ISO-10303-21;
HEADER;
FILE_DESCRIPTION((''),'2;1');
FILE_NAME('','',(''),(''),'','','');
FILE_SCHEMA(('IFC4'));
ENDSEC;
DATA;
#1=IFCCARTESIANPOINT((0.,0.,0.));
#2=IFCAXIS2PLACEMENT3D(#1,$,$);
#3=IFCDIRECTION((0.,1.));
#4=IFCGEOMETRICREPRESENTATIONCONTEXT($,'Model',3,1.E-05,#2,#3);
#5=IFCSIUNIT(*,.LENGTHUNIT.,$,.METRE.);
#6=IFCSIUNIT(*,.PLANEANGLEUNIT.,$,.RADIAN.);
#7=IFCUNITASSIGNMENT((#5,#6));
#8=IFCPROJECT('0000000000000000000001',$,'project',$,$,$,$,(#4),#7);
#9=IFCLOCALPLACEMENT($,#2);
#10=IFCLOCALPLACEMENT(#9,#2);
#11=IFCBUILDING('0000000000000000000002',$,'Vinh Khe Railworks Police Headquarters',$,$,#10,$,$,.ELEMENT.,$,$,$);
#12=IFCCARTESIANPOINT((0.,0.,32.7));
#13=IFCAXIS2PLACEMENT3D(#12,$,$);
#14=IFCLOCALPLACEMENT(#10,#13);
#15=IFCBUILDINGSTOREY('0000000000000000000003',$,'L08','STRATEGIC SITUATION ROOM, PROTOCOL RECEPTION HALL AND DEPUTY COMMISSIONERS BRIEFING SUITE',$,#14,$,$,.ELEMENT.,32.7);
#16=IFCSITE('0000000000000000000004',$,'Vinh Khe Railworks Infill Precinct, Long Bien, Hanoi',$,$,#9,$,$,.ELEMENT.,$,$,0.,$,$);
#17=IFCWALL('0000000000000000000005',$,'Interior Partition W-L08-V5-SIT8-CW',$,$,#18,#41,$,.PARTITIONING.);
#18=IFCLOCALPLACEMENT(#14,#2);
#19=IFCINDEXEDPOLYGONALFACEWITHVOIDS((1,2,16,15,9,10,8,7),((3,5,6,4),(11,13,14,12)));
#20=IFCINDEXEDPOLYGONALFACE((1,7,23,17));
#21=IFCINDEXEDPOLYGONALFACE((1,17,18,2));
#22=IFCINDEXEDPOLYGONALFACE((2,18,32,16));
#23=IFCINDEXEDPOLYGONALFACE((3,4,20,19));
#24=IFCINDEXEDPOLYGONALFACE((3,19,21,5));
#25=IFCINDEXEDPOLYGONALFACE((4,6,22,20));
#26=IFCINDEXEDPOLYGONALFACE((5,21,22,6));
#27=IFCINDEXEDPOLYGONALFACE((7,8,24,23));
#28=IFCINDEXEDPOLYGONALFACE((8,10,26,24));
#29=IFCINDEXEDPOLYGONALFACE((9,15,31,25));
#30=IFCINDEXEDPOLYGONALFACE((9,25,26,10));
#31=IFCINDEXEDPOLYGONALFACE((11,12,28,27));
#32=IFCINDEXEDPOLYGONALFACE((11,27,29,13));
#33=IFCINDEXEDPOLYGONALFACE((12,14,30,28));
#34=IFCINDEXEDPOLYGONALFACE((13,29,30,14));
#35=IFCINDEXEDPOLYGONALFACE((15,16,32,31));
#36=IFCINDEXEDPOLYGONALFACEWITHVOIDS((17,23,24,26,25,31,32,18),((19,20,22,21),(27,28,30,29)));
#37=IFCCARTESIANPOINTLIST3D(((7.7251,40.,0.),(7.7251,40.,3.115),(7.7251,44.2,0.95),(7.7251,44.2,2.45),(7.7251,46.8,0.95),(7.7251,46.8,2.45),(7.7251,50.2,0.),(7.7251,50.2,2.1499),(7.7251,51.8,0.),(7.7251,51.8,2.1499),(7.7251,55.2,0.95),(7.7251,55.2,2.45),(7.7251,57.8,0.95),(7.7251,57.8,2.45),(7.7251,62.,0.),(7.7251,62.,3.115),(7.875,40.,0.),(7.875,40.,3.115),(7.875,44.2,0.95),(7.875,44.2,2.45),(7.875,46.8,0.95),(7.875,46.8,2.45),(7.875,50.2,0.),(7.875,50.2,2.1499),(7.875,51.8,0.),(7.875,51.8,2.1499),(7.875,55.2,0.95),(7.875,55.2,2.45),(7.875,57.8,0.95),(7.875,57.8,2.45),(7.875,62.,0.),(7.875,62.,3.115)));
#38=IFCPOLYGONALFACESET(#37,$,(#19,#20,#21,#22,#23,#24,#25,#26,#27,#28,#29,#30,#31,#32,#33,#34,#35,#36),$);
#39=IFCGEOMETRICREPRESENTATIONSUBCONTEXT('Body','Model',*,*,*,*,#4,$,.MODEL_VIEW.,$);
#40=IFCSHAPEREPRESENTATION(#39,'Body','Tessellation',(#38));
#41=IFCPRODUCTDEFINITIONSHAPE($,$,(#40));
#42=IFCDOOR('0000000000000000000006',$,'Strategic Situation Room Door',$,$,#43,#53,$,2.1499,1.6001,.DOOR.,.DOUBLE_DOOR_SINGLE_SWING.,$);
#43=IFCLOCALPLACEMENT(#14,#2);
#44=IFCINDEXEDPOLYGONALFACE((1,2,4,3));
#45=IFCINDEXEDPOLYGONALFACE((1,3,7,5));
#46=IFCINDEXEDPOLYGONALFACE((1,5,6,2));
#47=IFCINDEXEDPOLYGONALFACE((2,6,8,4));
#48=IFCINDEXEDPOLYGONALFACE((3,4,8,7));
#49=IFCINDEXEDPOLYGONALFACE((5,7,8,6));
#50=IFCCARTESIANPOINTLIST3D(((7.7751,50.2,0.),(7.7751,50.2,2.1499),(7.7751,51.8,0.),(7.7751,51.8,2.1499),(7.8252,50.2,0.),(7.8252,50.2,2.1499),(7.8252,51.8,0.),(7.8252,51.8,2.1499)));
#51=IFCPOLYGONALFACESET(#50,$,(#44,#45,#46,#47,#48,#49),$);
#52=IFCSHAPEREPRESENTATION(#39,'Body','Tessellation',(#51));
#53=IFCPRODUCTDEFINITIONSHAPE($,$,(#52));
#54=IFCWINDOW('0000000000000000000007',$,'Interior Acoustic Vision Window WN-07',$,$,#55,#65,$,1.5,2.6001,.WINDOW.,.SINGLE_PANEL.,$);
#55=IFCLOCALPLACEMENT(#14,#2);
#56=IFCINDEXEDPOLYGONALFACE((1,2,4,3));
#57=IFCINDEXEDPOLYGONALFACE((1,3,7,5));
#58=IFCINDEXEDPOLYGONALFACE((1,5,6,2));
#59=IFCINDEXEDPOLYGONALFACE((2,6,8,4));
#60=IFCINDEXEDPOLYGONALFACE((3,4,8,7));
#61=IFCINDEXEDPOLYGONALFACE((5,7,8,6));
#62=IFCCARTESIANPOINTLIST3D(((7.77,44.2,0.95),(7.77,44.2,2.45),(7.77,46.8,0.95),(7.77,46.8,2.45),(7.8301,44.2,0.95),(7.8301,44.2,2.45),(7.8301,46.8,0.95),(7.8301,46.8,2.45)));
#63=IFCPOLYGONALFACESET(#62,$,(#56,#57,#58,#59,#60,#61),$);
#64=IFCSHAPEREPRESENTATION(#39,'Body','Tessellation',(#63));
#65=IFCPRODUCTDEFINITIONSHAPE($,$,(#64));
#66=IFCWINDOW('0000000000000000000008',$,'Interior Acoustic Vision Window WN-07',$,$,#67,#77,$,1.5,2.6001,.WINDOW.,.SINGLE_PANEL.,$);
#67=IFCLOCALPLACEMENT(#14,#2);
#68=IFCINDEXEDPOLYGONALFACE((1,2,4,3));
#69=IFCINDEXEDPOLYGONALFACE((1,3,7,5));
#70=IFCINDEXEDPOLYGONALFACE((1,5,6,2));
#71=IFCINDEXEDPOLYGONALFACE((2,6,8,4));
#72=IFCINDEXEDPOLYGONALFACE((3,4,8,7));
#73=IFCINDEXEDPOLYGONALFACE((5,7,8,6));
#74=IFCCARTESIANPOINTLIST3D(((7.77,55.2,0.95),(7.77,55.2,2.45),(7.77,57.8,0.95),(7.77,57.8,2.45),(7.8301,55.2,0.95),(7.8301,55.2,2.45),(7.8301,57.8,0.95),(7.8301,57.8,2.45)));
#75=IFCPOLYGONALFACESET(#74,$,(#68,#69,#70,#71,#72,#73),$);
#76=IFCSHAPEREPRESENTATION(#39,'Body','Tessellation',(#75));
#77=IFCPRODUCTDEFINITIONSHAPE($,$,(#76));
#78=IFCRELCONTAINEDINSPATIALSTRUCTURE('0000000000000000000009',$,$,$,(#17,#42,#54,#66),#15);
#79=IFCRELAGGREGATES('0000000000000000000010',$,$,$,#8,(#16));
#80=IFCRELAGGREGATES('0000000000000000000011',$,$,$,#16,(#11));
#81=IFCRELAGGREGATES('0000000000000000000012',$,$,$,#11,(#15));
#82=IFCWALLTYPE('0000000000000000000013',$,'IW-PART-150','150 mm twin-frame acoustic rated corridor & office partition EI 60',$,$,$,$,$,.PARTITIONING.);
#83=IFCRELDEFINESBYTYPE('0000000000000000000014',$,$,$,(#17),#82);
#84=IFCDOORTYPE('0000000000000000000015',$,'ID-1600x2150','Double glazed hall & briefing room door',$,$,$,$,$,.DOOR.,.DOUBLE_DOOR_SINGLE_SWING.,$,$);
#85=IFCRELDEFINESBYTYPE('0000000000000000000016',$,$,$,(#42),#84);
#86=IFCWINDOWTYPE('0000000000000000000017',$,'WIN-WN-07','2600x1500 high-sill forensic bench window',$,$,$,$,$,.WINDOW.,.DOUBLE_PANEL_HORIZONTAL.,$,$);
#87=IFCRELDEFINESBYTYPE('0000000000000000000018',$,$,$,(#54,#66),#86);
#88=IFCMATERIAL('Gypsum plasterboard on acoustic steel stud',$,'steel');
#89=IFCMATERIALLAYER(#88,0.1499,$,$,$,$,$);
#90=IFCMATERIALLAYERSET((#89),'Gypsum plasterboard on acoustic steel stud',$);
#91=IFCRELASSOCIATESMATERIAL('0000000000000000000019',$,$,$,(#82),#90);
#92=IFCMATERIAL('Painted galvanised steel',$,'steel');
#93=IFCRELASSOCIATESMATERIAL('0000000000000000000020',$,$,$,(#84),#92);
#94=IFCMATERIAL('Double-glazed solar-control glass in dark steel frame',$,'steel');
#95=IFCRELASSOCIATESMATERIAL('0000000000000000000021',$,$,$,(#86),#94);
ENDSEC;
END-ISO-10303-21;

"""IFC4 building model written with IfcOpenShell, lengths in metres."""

from ifc_helpers import new_model, si_unit, direction, frame, frame_2d, origin, place, context, subcontext, project, spatial, rectangle, extrude, material, layer, layer_set, type_object, element, fill, save


model = new_model("IFC4")

# Units and contexts
model_context = context("Model", 3, precision=1e-05, world=origin(), true_north=direction((0.0, 1.0)))
body_context = subcontext(model_context, "Body", "Model", "MODEL_VIEW")
ifc_project = project(units=[si_unit("LENGTHUNIT", "METRE"), si_unit("PLANEANGLEUNIT", "RADIAN")], contexts=[model_context])

# Site, building, storey
site_placement = place(None, origin())
site = spatial("IfcSite", under=ifc_project, at=site_placement, Name="Vinh Khe Railworks Infill Precinct, Long Bien, Hanoi", CompositionType="ELEMENT", RefElevation=0.0)
building_placement = place(site_placement, origin())
building = spatial("IfcBuilding", under=site, at=building_placement, Name="Vinh Khe Railworks Police Headquarters", CompositionType="ELEMENT")
storey_placement = place(building_placement, frame((0.0, 0.0, 32.7)))
storey = spatial("IfcBuildingStorey", under=building, at=storey_placement, Name="L08", Description="STRATEGIC SITUATION ROOM, PROTOCOL RECEPTION HALL AND DEPUTY COMMISSIONERS BRIEFING SUITE", CompositionType="ELEMENT", Elevation=32.7)

# Shared definitions
ifc_material_1 = material(Name="Painted galvanised steel", Category="steel")

# Shared definitions
ifc_material_2 = material(Name="Double-glazed solar-control glass in dark steel frame", Category="steel")

# Wall, openings, door, windows
ifc_material_3 = material(Name="Gypsum plasterboard on acoustic steel stud", Category="steel")
ifc_layer_1 = layer(ifc_material_3, 0.1499)
ifc_layer_set_1 = layer_set([ifc_layer_1], Name="Gypsum plasterboard on acoustic steel stud")
wall_type_1 = type_object("IfcWallType", Name="IW-PART-150", Description="150 mm twin-frame acoustic rated corridor & office partition EI 60", PredefinedType="PARTITIONING", material=ifc_layer_set_1)
wall_1_placement = place(storey_placement, frame((7.8, 40.0, 0.0), z_axis=(0.0, 0.0, 1.0), x_axis=(0.0, 1.0, 0.0)))
wall_1 = element("IfcWall", 1, at=wall_1_placement, inside=storey, type_object=wall_type_1, Name="Interior Partition W-L08-V5-SIT8-CW", PredefinedType="PARTITIONING", context=body_context, shape_type="SweptSolid", body=[
    extrude(rectangle(XDim=22.0, YDim=0.1499, at=frame_2d((11.0, 0.0))), origin(), (0.0, 0.0, 1.0), 3.115),
])
opening_1_placement = place(wall_1_placement, frame((10.2, 0.0, 0.0)))
opening_1 = element("IfcOpeningElement", 2, at=opening_1_placement, cuts=wall_1, PredefinedType="OPENING", context=body_context, shape_type="SweptSolid", body=[
    extrude(rectangle(XDim=1.6001, YDim=2.1499, at=frame_2d((0.8, 1.075))), frame((0.0, 0.0898, 0.0), z_axis=(0.0, -1.0, 0.0), x_axis=(1.0, 0.0, 0.0)), (0.0, 0.0, 1.0), 0.1797),
])
opening_2_placement = place(wall_1_placement, frame((4.2, 0.0, 0.95)))
opening_2 = element("IfcOpeningElement", 3, at=opening_2_placement, cuts=wall_1, PredefinedType="OPENING", context=body_context, shape_type="SweptSolid", body=[
    extrude(rectangle(XDim=2.6001, YDim=1.5, at=frame_2d((1.3, 0.75))), frame((0.0, 0.0898, 0.0), z_axis=(0.0, -1.0, 0.0), x_axis=(1.0, 0.0, 0.0)), (0.0, 0.0, 1.0), 0.1797),
])
opening_3_placement = place(wall_1_placement, frame((15.2, 0.0, 0.95)))
opening_3 = element("IfcOpeningElement", 4, at=opening_3_placement, cuts=wall_1, PredefinedType="OPENING", context=body_context, shape_type="SweptSolid", body=[
    extrude(rectangle(XDim=2.6001, YDim=1.5, at=frame_2d((1.3, 0.75))), frame((0.0, 0.0898, 0.0), z_axis=(0.0, -1.0, 0.0), x_axis=(1.0, 0.0, 0.0)), (0.0, 0.0, 1.0), 0.1797),
])
door_type_1 = type_object("IfcDoorType", Name="ID-1600x2150", Description="Double glazed hall & briefing room door", OperationType="DOUBLE_DOOR_SINGLE_SWING", PredefinedType="DOOR", material=ifc_material_1)
door_1_placement = place(opening_1_placement, origin())
door_1 = element("IfcDoor", 5, at=door_1_placement, inside=storey, type_object=door_type_1, Name="Strategic Situation Room Door", OperationType="DOUBLE_DOOR_SINGLE_SWING", OverallHeight=2.1499, OverallWidth=1.6001, PredefinedType="DOOR", context=body_context, shape_type="SweptSolid", body=[
    extrude(rectangle(XDim=1.6001, YDim=2.1499, at=frame_2d((0.8, 1.075))), frame((0.0, 0.0249, 0.0), z_axis=(0.0, -1.0, 0.0), x_axis=(1.0, 0.0, 0.0)), (0.0, 0.0, 1.0), 0.05),
])
fill(opening_1, door_1)
window_type_1 = type_object("IfcWindowType", Name="WIN-WN-07", Description="2600x1500 high-sill forensic bench window", PartitioningType="DOUBLE_PANEL_HORIZONTAL", PredefinedType="WINDOW", material=ifc_material_2)
window_1_placement = place(opening_2_placement, origin())
window_1 = element("IfcWindow", 6, at=window_1_placement, inside=storey, type_object=window_type_1, Name="Interior Acoustic Vision Window WN-07", OverallHeight=1.5, OverallWidth=2.6001, PartitioningType="SINGLE_PANEL", PredefinedType="WINDOW", context=body_context, shape_type="SweptSolid", body=[
    extrude(rectangle(XDim=2.6001, YDim=1.5, at=frame_2d((1.3, 0.75))), frame((0.0, 0.03, 0.0), z_axis=(0.0, -1.0, 0.0), x_axis=(1.0, 0.0, 0.0)), (0.0, 0.0, 1.0), 0.0601),
])
fill(opening_2, window_1)
window_2_placement = place(opening_3_placement, origin())
window_2 = element("IfcWindow", 7, at=window_2_placement, inside=storey, type_object=window_type_1, Name="Interior Acoustic Vision Window WN-07", OverallHeight=1.5, OverallWidth=2.6001, PartitioningType="SINGLE_PANEL", PredefinedType="WINDOW", context=body_context, shape_type="SweptSolid", body=[
    extrude(rectangle(XDim=2.6001, YDim=1.5, at=frame_2d((1.3, 0.75))), frame((0.0, 0.03, 0.0), z_axis=(0.0, -1.0, 0.0), x_axis=(1.0, 0.0, 0.0)), (0.0, 0.0, 1.0), 0.0601),
])
fill(opening_3, window_2)

save(model, "model.ifc")
